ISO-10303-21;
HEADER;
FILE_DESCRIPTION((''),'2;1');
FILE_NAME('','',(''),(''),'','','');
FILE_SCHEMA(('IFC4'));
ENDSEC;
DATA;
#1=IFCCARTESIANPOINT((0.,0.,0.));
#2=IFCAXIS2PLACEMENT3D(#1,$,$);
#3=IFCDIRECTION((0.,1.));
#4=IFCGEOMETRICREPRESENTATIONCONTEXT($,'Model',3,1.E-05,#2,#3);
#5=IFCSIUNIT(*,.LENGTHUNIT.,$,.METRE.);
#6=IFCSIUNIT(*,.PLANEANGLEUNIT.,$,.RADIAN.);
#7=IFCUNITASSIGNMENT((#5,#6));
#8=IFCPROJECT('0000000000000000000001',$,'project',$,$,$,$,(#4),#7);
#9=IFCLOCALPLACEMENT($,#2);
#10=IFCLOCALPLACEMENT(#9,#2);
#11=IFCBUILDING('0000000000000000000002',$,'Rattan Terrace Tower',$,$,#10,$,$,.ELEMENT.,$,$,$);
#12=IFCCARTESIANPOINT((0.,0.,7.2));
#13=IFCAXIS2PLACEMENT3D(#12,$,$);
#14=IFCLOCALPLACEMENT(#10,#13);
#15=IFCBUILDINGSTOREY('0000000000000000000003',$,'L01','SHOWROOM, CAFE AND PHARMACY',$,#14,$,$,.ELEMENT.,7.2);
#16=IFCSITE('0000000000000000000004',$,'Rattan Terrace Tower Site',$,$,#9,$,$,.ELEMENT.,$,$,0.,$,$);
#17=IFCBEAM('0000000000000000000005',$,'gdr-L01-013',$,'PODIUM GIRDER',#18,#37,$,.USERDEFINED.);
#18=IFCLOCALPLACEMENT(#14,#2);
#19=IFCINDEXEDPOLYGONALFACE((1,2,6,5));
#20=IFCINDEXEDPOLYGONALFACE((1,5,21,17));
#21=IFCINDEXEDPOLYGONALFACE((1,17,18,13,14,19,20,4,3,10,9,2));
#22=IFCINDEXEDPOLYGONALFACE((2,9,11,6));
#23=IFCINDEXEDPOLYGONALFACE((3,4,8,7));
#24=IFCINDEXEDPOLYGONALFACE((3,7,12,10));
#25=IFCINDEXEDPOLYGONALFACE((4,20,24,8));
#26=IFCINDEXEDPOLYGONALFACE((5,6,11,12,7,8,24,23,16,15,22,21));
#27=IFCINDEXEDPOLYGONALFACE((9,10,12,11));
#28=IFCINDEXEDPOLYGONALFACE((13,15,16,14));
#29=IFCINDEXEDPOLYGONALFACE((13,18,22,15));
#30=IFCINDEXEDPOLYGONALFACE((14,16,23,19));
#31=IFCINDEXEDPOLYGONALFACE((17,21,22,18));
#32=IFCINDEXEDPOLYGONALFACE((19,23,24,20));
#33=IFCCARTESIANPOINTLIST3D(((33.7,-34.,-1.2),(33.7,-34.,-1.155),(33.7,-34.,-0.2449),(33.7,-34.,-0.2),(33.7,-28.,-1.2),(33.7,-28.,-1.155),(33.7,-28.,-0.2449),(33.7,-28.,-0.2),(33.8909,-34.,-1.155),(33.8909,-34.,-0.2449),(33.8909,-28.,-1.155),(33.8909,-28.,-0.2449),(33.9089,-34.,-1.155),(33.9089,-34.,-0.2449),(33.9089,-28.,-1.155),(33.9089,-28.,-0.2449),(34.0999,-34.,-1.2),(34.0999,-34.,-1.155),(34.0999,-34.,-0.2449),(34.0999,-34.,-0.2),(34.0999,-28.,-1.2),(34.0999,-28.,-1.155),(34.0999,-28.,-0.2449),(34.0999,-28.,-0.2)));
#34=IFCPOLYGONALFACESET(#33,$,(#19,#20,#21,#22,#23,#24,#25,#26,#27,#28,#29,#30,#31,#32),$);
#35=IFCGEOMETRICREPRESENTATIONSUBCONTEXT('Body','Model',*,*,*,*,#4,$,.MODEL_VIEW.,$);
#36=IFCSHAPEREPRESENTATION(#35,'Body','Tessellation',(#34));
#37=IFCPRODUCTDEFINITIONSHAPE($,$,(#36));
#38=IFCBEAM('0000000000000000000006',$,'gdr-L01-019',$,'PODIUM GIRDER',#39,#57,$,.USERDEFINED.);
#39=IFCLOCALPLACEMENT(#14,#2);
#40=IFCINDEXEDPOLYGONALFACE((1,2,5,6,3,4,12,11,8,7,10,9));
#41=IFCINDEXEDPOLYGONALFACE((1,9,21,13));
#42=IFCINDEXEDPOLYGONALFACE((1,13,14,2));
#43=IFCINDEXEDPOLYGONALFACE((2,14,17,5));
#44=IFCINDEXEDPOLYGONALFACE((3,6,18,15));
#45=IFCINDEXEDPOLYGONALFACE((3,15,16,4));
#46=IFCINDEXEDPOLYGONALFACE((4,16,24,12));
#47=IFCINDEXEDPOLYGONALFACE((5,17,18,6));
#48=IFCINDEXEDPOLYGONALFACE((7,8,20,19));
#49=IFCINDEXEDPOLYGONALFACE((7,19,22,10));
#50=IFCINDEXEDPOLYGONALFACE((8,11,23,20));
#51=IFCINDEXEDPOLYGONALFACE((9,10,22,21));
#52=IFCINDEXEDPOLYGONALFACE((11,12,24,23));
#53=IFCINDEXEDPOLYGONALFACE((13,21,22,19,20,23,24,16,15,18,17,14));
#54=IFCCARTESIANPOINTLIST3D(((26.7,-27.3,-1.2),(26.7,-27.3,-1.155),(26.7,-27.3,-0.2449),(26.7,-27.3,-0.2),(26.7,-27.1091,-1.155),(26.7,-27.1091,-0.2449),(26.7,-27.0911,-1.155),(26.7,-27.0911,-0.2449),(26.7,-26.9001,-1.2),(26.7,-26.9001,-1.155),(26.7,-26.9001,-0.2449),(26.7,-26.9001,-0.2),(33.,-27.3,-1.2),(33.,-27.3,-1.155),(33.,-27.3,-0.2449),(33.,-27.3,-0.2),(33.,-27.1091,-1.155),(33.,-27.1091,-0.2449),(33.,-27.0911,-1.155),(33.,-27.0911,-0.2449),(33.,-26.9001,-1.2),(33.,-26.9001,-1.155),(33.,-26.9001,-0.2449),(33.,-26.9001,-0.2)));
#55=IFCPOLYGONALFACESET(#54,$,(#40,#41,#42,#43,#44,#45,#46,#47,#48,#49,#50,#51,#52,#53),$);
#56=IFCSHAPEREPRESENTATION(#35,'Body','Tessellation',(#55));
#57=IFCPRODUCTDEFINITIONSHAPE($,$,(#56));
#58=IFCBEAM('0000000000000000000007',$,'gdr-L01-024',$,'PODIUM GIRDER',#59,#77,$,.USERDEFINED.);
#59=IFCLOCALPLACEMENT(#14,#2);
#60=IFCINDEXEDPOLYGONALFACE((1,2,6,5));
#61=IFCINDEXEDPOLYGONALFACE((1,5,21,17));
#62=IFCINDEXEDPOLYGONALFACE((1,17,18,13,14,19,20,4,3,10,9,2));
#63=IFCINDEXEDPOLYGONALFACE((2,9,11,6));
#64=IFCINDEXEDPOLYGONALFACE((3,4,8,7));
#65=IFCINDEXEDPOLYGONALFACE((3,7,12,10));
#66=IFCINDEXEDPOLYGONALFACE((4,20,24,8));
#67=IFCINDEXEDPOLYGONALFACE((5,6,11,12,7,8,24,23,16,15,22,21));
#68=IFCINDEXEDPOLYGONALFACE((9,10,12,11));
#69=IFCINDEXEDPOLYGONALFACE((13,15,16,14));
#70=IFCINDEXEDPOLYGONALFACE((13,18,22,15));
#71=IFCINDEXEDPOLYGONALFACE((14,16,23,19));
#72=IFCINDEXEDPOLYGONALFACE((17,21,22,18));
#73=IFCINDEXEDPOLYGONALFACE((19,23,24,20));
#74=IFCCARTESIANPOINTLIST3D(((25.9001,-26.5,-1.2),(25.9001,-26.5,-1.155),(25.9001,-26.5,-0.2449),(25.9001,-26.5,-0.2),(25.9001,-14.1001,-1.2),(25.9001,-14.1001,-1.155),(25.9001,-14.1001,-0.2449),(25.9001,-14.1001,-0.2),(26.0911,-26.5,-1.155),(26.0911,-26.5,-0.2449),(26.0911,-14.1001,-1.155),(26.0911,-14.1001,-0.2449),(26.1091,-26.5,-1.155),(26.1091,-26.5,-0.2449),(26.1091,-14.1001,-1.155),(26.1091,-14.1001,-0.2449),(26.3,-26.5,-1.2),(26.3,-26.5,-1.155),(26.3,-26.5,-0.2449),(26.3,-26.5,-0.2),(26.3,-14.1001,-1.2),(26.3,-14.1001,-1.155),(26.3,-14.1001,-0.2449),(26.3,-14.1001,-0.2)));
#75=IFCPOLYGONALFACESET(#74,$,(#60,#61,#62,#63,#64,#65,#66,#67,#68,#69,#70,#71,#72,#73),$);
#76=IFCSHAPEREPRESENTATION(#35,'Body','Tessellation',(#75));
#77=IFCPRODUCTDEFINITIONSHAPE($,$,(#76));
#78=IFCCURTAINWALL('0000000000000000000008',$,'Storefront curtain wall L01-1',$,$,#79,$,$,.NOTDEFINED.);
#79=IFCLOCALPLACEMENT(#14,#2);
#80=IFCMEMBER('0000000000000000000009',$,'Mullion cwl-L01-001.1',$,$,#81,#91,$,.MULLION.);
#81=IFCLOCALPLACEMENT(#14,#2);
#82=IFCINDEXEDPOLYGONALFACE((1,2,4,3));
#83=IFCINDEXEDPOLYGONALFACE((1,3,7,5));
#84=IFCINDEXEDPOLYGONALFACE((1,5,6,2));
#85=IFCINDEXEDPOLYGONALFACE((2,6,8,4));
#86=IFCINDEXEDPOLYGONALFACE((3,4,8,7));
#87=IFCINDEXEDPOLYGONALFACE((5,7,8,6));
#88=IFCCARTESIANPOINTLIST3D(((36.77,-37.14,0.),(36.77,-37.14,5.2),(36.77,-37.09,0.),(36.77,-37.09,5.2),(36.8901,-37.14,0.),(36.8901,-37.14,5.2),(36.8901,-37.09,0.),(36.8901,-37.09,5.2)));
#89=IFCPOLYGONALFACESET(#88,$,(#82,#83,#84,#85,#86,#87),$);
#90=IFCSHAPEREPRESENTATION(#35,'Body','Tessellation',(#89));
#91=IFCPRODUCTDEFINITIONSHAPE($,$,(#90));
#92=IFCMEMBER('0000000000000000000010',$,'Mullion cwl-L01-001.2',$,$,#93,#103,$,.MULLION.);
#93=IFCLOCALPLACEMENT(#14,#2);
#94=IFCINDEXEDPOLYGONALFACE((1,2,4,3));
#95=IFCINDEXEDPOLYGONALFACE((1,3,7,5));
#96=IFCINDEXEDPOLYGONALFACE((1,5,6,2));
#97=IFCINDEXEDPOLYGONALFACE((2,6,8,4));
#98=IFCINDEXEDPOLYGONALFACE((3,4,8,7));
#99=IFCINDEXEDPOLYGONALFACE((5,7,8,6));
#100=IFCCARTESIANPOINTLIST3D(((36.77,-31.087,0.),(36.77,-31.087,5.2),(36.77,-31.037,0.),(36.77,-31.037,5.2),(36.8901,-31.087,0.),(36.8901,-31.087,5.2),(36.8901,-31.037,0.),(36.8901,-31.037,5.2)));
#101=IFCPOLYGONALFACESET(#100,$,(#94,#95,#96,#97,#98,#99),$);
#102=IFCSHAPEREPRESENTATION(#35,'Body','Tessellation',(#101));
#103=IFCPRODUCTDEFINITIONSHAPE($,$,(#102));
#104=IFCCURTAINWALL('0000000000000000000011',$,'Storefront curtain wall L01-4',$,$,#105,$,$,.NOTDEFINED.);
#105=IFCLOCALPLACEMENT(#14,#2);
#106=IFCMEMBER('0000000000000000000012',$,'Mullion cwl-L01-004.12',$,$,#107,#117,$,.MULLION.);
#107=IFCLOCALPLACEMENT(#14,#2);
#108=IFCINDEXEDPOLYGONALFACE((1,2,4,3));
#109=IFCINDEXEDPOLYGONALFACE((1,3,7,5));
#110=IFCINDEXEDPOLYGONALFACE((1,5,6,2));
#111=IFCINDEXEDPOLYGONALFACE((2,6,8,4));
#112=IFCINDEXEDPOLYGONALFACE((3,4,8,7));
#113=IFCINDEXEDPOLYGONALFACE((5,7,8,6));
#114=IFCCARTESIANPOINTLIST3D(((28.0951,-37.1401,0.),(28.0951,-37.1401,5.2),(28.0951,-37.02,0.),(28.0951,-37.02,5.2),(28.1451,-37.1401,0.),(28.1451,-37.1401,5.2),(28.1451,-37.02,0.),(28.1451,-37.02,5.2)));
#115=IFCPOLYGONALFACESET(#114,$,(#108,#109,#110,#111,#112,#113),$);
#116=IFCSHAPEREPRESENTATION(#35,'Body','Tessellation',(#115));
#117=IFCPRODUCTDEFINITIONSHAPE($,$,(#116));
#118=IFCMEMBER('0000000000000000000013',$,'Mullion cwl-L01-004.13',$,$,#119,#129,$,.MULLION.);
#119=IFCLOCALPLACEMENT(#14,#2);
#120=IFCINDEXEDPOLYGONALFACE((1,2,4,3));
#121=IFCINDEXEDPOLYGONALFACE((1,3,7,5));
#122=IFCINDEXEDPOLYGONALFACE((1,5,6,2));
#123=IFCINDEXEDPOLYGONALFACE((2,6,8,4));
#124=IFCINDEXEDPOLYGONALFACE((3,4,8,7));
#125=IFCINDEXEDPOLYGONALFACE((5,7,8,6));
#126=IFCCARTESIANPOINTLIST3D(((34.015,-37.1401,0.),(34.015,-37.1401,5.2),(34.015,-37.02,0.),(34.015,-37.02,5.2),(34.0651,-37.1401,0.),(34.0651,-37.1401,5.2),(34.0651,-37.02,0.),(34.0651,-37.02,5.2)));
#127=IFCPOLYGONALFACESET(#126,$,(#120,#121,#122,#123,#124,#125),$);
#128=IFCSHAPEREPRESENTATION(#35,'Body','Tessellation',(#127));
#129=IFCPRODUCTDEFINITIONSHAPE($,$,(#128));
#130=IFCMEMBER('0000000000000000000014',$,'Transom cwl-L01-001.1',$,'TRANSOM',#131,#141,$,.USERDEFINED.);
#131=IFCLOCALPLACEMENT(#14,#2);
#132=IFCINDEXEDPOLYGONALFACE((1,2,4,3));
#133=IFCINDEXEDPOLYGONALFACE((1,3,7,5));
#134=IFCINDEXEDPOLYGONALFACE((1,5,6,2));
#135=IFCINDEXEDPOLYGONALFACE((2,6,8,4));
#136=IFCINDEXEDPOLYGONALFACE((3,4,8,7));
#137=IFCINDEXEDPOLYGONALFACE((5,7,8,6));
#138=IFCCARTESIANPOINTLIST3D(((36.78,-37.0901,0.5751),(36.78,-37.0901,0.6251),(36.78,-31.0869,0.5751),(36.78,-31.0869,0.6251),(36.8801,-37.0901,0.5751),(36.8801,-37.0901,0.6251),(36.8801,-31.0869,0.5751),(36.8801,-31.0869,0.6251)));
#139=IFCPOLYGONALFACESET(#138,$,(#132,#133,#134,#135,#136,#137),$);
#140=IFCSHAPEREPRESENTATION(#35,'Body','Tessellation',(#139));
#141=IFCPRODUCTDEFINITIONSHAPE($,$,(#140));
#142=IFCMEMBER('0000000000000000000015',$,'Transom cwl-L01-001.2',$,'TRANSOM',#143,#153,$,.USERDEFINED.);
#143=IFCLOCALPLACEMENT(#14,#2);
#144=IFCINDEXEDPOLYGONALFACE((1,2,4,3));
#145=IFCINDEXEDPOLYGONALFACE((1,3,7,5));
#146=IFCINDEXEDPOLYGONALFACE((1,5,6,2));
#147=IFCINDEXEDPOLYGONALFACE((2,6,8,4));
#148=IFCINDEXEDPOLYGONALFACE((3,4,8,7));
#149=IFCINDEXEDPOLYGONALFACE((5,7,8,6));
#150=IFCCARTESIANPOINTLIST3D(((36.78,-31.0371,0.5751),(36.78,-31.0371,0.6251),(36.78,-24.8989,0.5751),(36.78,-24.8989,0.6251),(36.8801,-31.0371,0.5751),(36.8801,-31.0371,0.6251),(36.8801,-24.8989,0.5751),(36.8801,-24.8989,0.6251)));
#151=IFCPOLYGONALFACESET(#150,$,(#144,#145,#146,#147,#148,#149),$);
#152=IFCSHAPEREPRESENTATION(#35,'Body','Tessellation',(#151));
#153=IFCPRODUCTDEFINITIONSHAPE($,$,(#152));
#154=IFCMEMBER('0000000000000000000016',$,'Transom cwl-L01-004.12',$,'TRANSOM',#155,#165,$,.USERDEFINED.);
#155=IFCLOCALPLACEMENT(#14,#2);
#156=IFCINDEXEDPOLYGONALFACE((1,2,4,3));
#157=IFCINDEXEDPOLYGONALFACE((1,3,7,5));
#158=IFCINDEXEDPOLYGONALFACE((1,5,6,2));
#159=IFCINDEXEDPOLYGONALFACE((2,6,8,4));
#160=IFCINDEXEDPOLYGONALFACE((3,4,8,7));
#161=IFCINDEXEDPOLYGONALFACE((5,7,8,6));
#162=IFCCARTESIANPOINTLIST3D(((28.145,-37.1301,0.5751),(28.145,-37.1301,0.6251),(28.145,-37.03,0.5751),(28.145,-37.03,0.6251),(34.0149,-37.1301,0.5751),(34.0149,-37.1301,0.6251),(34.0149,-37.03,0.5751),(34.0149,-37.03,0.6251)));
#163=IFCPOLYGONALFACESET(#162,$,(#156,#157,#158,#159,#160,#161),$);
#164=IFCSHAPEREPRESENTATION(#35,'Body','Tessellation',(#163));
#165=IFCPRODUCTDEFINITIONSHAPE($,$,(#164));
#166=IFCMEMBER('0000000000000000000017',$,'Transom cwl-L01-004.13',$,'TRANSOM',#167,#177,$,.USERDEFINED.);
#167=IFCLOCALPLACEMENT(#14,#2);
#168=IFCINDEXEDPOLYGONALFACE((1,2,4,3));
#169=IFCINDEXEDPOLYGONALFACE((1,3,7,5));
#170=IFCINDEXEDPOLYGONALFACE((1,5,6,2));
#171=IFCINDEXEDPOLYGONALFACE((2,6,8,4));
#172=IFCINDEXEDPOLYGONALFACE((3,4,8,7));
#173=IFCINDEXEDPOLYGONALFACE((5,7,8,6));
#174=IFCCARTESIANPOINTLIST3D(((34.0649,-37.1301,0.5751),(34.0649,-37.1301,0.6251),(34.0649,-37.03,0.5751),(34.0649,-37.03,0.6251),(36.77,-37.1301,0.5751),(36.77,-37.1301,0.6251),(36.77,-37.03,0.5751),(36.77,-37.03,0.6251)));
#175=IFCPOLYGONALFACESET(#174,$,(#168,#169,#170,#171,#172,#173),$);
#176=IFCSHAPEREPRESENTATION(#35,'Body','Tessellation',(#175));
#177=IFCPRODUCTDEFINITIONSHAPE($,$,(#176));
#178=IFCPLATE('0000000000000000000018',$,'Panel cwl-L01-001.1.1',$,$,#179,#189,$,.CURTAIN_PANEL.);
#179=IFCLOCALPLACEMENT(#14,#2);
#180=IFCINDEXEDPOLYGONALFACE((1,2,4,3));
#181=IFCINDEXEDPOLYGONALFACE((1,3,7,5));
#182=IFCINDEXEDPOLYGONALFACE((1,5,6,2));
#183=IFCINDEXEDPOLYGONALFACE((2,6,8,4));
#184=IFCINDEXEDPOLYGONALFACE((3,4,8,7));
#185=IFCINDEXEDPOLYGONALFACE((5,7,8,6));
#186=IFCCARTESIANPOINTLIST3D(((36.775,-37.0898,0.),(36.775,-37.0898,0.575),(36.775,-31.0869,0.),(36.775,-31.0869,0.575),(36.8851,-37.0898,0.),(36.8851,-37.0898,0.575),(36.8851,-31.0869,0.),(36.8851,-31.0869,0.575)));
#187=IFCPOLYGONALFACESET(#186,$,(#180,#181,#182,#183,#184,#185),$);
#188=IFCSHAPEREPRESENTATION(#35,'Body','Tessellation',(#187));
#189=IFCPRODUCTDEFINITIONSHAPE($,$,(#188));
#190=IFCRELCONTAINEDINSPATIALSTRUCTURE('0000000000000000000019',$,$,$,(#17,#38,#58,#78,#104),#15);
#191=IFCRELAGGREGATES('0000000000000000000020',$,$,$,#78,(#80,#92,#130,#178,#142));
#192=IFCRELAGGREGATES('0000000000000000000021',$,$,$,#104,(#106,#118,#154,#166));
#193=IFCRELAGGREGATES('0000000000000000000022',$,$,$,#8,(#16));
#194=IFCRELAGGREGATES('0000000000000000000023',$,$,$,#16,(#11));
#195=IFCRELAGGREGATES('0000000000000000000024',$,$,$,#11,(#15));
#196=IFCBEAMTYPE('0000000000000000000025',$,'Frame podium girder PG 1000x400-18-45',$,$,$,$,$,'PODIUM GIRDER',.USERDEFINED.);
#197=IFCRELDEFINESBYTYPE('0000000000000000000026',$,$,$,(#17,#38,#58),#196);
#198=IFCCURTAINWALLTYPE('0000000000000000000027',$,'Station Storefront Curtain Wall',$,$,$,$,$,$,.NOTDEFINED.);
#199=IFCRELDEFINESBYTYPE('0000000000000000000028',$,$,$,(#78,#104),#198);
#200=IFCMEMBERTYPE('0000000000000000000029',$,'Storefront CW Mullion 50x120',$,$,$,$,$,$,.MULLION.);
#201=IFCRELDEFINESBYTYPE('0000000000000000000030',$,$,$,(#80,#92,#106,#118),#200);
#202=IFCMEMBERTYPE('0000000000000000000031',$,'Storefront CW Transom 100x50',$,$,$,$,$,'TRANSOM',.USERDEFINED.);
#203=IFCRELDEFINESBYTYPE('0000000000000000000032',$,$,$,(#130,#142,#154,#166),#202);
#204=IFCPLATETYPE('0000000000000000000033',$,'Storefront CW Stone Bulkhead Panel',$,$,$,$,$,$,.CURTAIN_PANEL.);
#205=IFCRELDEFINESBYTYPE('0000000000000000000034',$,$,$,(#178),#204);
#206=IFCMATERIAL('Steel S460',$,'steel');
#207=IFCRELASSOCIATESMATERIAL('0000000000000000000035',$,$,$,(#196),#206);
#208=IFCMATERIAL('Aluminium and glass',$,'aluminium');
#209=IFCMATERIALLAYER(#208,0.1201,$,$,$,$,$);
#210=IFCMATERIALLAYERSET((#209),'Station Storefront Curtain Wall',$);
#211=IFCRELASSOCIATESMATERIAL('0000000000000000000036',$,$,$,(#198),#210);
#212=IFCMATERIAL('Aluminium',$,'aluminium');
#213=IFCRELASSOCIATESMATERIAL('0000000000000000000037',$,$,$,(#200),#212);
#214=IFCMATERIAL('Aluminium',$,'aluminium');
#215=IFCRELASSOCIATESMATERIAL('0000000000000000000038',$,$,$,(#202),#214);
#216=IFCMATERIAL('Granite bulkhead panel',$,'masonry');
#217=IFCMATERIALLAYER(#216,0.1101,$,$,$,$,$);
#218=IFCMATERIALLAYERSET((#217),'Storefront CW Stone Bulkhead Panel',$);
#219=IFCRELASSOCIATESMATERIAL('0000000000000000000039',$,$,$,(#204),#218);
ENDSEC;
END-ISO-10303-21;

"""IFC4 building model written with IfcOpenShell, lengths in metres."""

from ifc_helpers import new_model, si_unit, direction, frame, origin, origin_2d, place, context, subcontext, project, spatial, rectangle, i_section, extrude, material, layer, layer_set, material_profile, profile_set, type_object, element, aggregate, save


model = new_model("IFC4")

# Units and contexts
model_context = context("Model", 3, precision=1e-05, world=origin(), true_north=direction((0.0, 1.0)))
body_context = subcontext(model_context, "Body", "Model", "MODEL_VIEW")
ifc_project = project(units=[si_unit("LENGTHUNIT", "METRE"), si_unit("PLANEANGLEUNIT", "RADIAN")], contexts=[model_context])

# Site, building, storey
site_placement = place(None, origin())
site = spatial("IfcSite", under=ifc_project, at=site_placement, Name="Rattan Terrace Tower Site", CompositionType="ELEMENT", RefElevation=0.0)
building_placement = place(site_placement, origin())
building = spatial("IfcBuilding", under=site, at=building_placement, Name="Rattan Terrace Tower", CompositionType="ELEMENT")
storey_placement = place(building_placement, frame((0.0, 0.0, 7.2)))
storey = spatial("IfcBuildingStorey", under=building, at=storey_placement, Name="L01", Description="SHOWROOM, CAFE AND PHARMACY", CompositionType="ELEMENT", Elevation=7.2)

# Beams
ifc_material_1 = material(Name="Steel S460", Category="steel")
ifc_material_profile_1 = material_profile(ifc_material_1, i_section(OverallWidth=0.3999, OverallDepth=1.0, WebThickness=0.0181, FlangeThickness=0.0449, at=origin_2d()), Name="PG 1000x400-18-45")
ifc_profile_set_1 = profile_set([ifc_material_profile_1], Name="Steel S460")
beam_type_1 = type_object("IfcBeamType", Name="Frame podium girder PG 1000x400-18-45", ElementType="PODIUM GIRDER", PredefinedType="USERDEFINED", material=ifc_profile_set_1)
beam_1_placement = place(storey_placement, frame((33.8999, -34.0, -0.7), z_axis=(0.0, 1.0, 0.0), x_axis=(-1.0, 0.0, 0.0)))
element("IfcBeam", 1, at=beam_1_placement, inside=storey, type_object=beam_type_1, Name="gdr-L01-013", ObjectType="PODIUM GIRDER", PredefinedType="USERDEFINED", context=body_context, shape_type="SweptSolid", body=[
    extrude(i_section(OverallWidth=0.3999, OverallDepth=1.0, WebThickness=0.0181, FlangeThickness=0.0449, at=origin_2d()), origin(), (0.0, 0.0, 1.0), 6.0),
])
beam_2_placement = place(storey_placement, frame((26.7, -27.1001, -0.7), z_axis=(1.0, 0.0, 0.0), x_axis=(0.0, 1.0, 0.0)))
element("IfcBeam", 2, at=beam_2_placement, inside=storey, type_object=beam_type_1, Name="gdr-L01-019", ObjectType="PODIUM GIRDER", PredefinedType="USERDEFINED", context=body_context, shape_type="SweptSolid", body=[
    extrude(i_section(OverallWidth=0.3999, OverallDepth=1.0, WebThickness=0.0181, FlangeThickness=0.0449, at=origin_2d()), origin(), (0.0, 0.0, 1.0), 6.3),
])
beam_3_placement = place(storey_placement, frame((26.1001, -26.5, -0.7), z_axis=(0.0, 1.0, 0.0), x_axis=(-1.0, 0.0, 0.0)))
element("IfcBeam", 3, at=beam_3_placement, inside=storey, type_object=beam_type_1, Name="gdr-L01-024", ObjectType="PODIUM GIRDER", PredefinedType="USERDEFINED", context=body_context, shape_type="SweptSolid", body=[
    extrude(i_section(OverallWidth=0.3999, OverallDepth=1.0, WebThickness=0.0181, FlangeThickness=0.0449, at=origin_2d()), origin(), (0.0, 0.0, 1.0), 12.3999),
])

# Curtain walls, members
ifc_material_2 = material(Name="Aluminium and glass", Category="aluminium")
ifc_layer_1 = layer(ifc_material_2, 0.1201)
ifc_layer_set_1 = layer_set([ifc_layer_1], Name="Station Storefront Curtain Wall")
curtain_wall_type = type_object("IfcCurtainWallType", Name="Station Storefront Curtain Wall", PredefinedType="NOTDEFINED", material=ifc_layer_set_1)
curtain_wall_1_placement = place(storey_placement, origin())
curtain_wall_1 = element("IfcCurtainWall", 4, at=curtain_wall_1_placement, inside=storey, type_object=curtain_wall_type, Name="Storefront curtain wall L01-1", PredefinedType="NOTDEFINED")
ifc_material_3 = material(Name="Aluminium", Category="aluminium")
ifc_material_profile_2 = material_profile(ifc_material_3, rectangle(XDim=0.05, YDim=0.1201, at=origin_2d()), Name="Aluminium 50x120")
ifc_profile_set_2 = profile_set([ifc_material_profile_2], Name="Aluminium")
member_type_1 = type_object("IfcMemberType", Name="Storefront CW Mullion 50x120", PredefinedType="MULLION", material=ifc_profile_set_2)
member_1_placement = place(storey_placement, frame((36.8301, -37.115, 0.0), z_axis=(0.0, 0.0, 1.0), x_axis=(0.0, 1.0, 0.0)))
member_1 = element("IfcMember", 5, at=member_1_placement, type_object=member_type_1, Name="Mullion cwl-L01-001.1", PredefinedType="MULLION", context=body_context, shape_type="SweptSolid", body=[
    extrude(rectangle(XDim=0.05, YDim=0.1201, at=origin_2d()), origin(), (0.0, 0.0, 1.0), 5.2),
])
member_2_placement = place(storey_placement, frame((36.8301, -31.062, 0.0), z_axis=(0.0, 0.0, 1.0), x_axis=(0.0, 1.0, 0.0)))
member_2 = element("IfcMember", 6, at=member_2_placement, type_object=member_type_1, Name="Mullion cwl-L01-001.2", PredefinedType="MULLION", context=body_context, shape_type="SweptSolid", body=[
    extrude(rectangle(XDim=0.05, YDim=0.1201, at=origin_2d()), origin(), (0.0, 0.0, 1.0), 5.2),
])
curtain_wall_2_placement = place(storey_placement, origin())
curtain_wall_2 = element("IfcCurtainWall", 7, at=curtain_wall_2_placement, inside=storey, type_object=curtain_wall_type, Name="Storefront curtain wall L01-4", PredefinedType="NOTDEFINED")
member_3_placement = place(storey_placement, frame((28.1201, -37.0801, 0.0), z_axis=(0.0, 0.0, 1.0), x_axis=(1.0, 0.0, 0.0)))
member_3 = element("IfcMember", 8, at=member_3_placement, type_object=member_type_1, Name="Mullion cwl-L01-004.12", PredefinedType="MULLION", context=body_context, shape_type="SweptSolid", body=[
    extrude(rectangle(XDim=0.05, YDim=0.1201, at=origin_2d()), origin(), (0.0, 0.0, 1.0), 5.2),
])
member_4_placement = place(storey_placement, frame((34.04, -37.0801, 0.0), z_axis=(0.0, 0.0, 1.0), x_axis=(1.0, 0.0, 0.0)))
member_4 = element("IfcMember", 9, at=member_4_placement, type_object=member_type_1, Name="Mullion cwl-L01-004.13", PredefinedType="MULLION", context=body_context, shape_type="SweptSolid", body=[
    extrude(rectangle(XDim=0.05, YDim=0.1201, at=origin_2d()), origin(), (0.0, 0.0, 1.0), 5.2),
])

# Members
ifc_material_4 = material(Name="Aluminium", Category="aluminium")
ifc_material_profile_3 = material_profile(ifc_material_4, rectangle(XDim=0.1001, YDim=0.05, at=origin_2d()), Name="Aluminium 100x50")
ifc_profile_set_3 = profile_set([ifc_material_profile_3], Name="Aluminium")
member_type_2 = type_object("IfcMemberType", Name="Storefront CW Transom 100x50", ElementType="TRANSOM", PredefinedType="USERDEFINED", material=ifc_profile_set_3)
member_5_placement = place(storey_placement, frame((36.8301, -37.0901, 0.6001), z_axis=(0.0, 1.0, 0.0), x_axis=(-1.0, 0.0, 0.0)))
member_5 = element("IfcMember", 10, at=member_5_placement, type_object=member_type_2, Name="Transom cwl-L01-001.1", ObjectType="TRANSOM", PredefinedType="USERDEFINED", context=body_context, shape_type="SweptSolid", body=[
    extrude(rectangle(XDim=0.1001, YDim=0.05, at=origin_2d()), origin(), (0.0, 0.0, 1.0), 6.0032),
])
member_6_placement = place(storey_placement, frame((36.8301, -31.0371, 0.6001), z_axis=(0.0, 1.0, 0.0), x_axis=(-1.0, 0.0, 0.0)))
member_6 = element("IfcMember", 11, at=member_6_placement, type_object=member_type_2, Name="Transom cwl-L01-001.2", ObjectType="TRANSOM", PredefinedType="USERDEFINED", context=body_context, shape_type="SweptSolid", body=[
    extrude(rectangle(XDim=0.1001, YDim=0.05, at=origin_2d()), origin(), (0.0, 0.0, 1.0), 6.1382),
])
member_7_placement = place(storey_placement, frame((28.145, -37.0801, 0.6001), z_axis=(1.0, 0.0, 0.0), x_axis=(0.0, 1.0, 0.0)))
member_7 = element("IfcMember", 12, at=member_7_placement, type_object=member_type_2, Name="Transom cwl-L01-004.12", ObjectType="TRANSOM", PredefinedType="USERDEFINED", context=body_context, shape_type="SweptSolid", body=[
    extrude(rectangle(XDim=0.1001, YDim=0.05, at=origin_2d()), origin(), (0.0, 0.0, 1.0), 5.8699),
])
member_8_placement = place(storey_placement, frame((34.0649, -37.0801, 0.6001), z_axis=(1.0, 0.0, 0.0), x_axis=(0.0, 1.0, 0.0)))
member_8 = element("IfcMember", 13, at=member_8_placement, type_object=member_type_2, Name="Transom cwl-L01-004.13", ObjectType="TRANSOM", PredefinedType="USERDEFINED", context=body_context, shape_type="SweptSolid", body=[
    extrude(rectangle(XDim=0.1001, YDim=0.05, at=origin_2d()), origin(), (0.0, 0.0, 1.0), 2.7051),
])

# Plate
ifc_material_5 = material(Name="Granite bulkhead panel", Category="masonry")
ifc_layer_2 = layer(ifc_material_5, 0.1101)
ifc_layer_set_2 = layer_set([ifc_layer_2], Name="Storefront CW Stone Bulkhead Panel")
plate_type_1 = type_object("IfcPlateType", Name="Storefront CW Stone Bulkhead Panel", PredefinedType="CURTAIN_PANEL", material=ifc_layer_set_2)
plate_1_placement = place(storey_placement, frame((36.8301, -34.0884, 0.0), z_axis=(0.0, 0.0, 1.0), x_axis=(0.0, 1.0, 0.0)))
plate_1 = element("IfcPlate", 14, at=plate_1_placement, type_object=plate_type_1, Name="Panel cwl-L01-001.1.1", PredefinedType="CURTAIN_PANEL", context=body_context, shape_type="SweptSolid", body=[
    extrude(rectangle(XDim=6.0029, YDim=0.1101, at=origin_2d()), origin(), (0.0, 0.0, 1.0), 0.575),
])
aggregate(curtain_wall_1, [member_1, member_2, member_5, plate_1, member_6])
aggregate(curtain_wall_2, [member_3, member_4, member_7, member_8])

save(model, "model.ifc")
